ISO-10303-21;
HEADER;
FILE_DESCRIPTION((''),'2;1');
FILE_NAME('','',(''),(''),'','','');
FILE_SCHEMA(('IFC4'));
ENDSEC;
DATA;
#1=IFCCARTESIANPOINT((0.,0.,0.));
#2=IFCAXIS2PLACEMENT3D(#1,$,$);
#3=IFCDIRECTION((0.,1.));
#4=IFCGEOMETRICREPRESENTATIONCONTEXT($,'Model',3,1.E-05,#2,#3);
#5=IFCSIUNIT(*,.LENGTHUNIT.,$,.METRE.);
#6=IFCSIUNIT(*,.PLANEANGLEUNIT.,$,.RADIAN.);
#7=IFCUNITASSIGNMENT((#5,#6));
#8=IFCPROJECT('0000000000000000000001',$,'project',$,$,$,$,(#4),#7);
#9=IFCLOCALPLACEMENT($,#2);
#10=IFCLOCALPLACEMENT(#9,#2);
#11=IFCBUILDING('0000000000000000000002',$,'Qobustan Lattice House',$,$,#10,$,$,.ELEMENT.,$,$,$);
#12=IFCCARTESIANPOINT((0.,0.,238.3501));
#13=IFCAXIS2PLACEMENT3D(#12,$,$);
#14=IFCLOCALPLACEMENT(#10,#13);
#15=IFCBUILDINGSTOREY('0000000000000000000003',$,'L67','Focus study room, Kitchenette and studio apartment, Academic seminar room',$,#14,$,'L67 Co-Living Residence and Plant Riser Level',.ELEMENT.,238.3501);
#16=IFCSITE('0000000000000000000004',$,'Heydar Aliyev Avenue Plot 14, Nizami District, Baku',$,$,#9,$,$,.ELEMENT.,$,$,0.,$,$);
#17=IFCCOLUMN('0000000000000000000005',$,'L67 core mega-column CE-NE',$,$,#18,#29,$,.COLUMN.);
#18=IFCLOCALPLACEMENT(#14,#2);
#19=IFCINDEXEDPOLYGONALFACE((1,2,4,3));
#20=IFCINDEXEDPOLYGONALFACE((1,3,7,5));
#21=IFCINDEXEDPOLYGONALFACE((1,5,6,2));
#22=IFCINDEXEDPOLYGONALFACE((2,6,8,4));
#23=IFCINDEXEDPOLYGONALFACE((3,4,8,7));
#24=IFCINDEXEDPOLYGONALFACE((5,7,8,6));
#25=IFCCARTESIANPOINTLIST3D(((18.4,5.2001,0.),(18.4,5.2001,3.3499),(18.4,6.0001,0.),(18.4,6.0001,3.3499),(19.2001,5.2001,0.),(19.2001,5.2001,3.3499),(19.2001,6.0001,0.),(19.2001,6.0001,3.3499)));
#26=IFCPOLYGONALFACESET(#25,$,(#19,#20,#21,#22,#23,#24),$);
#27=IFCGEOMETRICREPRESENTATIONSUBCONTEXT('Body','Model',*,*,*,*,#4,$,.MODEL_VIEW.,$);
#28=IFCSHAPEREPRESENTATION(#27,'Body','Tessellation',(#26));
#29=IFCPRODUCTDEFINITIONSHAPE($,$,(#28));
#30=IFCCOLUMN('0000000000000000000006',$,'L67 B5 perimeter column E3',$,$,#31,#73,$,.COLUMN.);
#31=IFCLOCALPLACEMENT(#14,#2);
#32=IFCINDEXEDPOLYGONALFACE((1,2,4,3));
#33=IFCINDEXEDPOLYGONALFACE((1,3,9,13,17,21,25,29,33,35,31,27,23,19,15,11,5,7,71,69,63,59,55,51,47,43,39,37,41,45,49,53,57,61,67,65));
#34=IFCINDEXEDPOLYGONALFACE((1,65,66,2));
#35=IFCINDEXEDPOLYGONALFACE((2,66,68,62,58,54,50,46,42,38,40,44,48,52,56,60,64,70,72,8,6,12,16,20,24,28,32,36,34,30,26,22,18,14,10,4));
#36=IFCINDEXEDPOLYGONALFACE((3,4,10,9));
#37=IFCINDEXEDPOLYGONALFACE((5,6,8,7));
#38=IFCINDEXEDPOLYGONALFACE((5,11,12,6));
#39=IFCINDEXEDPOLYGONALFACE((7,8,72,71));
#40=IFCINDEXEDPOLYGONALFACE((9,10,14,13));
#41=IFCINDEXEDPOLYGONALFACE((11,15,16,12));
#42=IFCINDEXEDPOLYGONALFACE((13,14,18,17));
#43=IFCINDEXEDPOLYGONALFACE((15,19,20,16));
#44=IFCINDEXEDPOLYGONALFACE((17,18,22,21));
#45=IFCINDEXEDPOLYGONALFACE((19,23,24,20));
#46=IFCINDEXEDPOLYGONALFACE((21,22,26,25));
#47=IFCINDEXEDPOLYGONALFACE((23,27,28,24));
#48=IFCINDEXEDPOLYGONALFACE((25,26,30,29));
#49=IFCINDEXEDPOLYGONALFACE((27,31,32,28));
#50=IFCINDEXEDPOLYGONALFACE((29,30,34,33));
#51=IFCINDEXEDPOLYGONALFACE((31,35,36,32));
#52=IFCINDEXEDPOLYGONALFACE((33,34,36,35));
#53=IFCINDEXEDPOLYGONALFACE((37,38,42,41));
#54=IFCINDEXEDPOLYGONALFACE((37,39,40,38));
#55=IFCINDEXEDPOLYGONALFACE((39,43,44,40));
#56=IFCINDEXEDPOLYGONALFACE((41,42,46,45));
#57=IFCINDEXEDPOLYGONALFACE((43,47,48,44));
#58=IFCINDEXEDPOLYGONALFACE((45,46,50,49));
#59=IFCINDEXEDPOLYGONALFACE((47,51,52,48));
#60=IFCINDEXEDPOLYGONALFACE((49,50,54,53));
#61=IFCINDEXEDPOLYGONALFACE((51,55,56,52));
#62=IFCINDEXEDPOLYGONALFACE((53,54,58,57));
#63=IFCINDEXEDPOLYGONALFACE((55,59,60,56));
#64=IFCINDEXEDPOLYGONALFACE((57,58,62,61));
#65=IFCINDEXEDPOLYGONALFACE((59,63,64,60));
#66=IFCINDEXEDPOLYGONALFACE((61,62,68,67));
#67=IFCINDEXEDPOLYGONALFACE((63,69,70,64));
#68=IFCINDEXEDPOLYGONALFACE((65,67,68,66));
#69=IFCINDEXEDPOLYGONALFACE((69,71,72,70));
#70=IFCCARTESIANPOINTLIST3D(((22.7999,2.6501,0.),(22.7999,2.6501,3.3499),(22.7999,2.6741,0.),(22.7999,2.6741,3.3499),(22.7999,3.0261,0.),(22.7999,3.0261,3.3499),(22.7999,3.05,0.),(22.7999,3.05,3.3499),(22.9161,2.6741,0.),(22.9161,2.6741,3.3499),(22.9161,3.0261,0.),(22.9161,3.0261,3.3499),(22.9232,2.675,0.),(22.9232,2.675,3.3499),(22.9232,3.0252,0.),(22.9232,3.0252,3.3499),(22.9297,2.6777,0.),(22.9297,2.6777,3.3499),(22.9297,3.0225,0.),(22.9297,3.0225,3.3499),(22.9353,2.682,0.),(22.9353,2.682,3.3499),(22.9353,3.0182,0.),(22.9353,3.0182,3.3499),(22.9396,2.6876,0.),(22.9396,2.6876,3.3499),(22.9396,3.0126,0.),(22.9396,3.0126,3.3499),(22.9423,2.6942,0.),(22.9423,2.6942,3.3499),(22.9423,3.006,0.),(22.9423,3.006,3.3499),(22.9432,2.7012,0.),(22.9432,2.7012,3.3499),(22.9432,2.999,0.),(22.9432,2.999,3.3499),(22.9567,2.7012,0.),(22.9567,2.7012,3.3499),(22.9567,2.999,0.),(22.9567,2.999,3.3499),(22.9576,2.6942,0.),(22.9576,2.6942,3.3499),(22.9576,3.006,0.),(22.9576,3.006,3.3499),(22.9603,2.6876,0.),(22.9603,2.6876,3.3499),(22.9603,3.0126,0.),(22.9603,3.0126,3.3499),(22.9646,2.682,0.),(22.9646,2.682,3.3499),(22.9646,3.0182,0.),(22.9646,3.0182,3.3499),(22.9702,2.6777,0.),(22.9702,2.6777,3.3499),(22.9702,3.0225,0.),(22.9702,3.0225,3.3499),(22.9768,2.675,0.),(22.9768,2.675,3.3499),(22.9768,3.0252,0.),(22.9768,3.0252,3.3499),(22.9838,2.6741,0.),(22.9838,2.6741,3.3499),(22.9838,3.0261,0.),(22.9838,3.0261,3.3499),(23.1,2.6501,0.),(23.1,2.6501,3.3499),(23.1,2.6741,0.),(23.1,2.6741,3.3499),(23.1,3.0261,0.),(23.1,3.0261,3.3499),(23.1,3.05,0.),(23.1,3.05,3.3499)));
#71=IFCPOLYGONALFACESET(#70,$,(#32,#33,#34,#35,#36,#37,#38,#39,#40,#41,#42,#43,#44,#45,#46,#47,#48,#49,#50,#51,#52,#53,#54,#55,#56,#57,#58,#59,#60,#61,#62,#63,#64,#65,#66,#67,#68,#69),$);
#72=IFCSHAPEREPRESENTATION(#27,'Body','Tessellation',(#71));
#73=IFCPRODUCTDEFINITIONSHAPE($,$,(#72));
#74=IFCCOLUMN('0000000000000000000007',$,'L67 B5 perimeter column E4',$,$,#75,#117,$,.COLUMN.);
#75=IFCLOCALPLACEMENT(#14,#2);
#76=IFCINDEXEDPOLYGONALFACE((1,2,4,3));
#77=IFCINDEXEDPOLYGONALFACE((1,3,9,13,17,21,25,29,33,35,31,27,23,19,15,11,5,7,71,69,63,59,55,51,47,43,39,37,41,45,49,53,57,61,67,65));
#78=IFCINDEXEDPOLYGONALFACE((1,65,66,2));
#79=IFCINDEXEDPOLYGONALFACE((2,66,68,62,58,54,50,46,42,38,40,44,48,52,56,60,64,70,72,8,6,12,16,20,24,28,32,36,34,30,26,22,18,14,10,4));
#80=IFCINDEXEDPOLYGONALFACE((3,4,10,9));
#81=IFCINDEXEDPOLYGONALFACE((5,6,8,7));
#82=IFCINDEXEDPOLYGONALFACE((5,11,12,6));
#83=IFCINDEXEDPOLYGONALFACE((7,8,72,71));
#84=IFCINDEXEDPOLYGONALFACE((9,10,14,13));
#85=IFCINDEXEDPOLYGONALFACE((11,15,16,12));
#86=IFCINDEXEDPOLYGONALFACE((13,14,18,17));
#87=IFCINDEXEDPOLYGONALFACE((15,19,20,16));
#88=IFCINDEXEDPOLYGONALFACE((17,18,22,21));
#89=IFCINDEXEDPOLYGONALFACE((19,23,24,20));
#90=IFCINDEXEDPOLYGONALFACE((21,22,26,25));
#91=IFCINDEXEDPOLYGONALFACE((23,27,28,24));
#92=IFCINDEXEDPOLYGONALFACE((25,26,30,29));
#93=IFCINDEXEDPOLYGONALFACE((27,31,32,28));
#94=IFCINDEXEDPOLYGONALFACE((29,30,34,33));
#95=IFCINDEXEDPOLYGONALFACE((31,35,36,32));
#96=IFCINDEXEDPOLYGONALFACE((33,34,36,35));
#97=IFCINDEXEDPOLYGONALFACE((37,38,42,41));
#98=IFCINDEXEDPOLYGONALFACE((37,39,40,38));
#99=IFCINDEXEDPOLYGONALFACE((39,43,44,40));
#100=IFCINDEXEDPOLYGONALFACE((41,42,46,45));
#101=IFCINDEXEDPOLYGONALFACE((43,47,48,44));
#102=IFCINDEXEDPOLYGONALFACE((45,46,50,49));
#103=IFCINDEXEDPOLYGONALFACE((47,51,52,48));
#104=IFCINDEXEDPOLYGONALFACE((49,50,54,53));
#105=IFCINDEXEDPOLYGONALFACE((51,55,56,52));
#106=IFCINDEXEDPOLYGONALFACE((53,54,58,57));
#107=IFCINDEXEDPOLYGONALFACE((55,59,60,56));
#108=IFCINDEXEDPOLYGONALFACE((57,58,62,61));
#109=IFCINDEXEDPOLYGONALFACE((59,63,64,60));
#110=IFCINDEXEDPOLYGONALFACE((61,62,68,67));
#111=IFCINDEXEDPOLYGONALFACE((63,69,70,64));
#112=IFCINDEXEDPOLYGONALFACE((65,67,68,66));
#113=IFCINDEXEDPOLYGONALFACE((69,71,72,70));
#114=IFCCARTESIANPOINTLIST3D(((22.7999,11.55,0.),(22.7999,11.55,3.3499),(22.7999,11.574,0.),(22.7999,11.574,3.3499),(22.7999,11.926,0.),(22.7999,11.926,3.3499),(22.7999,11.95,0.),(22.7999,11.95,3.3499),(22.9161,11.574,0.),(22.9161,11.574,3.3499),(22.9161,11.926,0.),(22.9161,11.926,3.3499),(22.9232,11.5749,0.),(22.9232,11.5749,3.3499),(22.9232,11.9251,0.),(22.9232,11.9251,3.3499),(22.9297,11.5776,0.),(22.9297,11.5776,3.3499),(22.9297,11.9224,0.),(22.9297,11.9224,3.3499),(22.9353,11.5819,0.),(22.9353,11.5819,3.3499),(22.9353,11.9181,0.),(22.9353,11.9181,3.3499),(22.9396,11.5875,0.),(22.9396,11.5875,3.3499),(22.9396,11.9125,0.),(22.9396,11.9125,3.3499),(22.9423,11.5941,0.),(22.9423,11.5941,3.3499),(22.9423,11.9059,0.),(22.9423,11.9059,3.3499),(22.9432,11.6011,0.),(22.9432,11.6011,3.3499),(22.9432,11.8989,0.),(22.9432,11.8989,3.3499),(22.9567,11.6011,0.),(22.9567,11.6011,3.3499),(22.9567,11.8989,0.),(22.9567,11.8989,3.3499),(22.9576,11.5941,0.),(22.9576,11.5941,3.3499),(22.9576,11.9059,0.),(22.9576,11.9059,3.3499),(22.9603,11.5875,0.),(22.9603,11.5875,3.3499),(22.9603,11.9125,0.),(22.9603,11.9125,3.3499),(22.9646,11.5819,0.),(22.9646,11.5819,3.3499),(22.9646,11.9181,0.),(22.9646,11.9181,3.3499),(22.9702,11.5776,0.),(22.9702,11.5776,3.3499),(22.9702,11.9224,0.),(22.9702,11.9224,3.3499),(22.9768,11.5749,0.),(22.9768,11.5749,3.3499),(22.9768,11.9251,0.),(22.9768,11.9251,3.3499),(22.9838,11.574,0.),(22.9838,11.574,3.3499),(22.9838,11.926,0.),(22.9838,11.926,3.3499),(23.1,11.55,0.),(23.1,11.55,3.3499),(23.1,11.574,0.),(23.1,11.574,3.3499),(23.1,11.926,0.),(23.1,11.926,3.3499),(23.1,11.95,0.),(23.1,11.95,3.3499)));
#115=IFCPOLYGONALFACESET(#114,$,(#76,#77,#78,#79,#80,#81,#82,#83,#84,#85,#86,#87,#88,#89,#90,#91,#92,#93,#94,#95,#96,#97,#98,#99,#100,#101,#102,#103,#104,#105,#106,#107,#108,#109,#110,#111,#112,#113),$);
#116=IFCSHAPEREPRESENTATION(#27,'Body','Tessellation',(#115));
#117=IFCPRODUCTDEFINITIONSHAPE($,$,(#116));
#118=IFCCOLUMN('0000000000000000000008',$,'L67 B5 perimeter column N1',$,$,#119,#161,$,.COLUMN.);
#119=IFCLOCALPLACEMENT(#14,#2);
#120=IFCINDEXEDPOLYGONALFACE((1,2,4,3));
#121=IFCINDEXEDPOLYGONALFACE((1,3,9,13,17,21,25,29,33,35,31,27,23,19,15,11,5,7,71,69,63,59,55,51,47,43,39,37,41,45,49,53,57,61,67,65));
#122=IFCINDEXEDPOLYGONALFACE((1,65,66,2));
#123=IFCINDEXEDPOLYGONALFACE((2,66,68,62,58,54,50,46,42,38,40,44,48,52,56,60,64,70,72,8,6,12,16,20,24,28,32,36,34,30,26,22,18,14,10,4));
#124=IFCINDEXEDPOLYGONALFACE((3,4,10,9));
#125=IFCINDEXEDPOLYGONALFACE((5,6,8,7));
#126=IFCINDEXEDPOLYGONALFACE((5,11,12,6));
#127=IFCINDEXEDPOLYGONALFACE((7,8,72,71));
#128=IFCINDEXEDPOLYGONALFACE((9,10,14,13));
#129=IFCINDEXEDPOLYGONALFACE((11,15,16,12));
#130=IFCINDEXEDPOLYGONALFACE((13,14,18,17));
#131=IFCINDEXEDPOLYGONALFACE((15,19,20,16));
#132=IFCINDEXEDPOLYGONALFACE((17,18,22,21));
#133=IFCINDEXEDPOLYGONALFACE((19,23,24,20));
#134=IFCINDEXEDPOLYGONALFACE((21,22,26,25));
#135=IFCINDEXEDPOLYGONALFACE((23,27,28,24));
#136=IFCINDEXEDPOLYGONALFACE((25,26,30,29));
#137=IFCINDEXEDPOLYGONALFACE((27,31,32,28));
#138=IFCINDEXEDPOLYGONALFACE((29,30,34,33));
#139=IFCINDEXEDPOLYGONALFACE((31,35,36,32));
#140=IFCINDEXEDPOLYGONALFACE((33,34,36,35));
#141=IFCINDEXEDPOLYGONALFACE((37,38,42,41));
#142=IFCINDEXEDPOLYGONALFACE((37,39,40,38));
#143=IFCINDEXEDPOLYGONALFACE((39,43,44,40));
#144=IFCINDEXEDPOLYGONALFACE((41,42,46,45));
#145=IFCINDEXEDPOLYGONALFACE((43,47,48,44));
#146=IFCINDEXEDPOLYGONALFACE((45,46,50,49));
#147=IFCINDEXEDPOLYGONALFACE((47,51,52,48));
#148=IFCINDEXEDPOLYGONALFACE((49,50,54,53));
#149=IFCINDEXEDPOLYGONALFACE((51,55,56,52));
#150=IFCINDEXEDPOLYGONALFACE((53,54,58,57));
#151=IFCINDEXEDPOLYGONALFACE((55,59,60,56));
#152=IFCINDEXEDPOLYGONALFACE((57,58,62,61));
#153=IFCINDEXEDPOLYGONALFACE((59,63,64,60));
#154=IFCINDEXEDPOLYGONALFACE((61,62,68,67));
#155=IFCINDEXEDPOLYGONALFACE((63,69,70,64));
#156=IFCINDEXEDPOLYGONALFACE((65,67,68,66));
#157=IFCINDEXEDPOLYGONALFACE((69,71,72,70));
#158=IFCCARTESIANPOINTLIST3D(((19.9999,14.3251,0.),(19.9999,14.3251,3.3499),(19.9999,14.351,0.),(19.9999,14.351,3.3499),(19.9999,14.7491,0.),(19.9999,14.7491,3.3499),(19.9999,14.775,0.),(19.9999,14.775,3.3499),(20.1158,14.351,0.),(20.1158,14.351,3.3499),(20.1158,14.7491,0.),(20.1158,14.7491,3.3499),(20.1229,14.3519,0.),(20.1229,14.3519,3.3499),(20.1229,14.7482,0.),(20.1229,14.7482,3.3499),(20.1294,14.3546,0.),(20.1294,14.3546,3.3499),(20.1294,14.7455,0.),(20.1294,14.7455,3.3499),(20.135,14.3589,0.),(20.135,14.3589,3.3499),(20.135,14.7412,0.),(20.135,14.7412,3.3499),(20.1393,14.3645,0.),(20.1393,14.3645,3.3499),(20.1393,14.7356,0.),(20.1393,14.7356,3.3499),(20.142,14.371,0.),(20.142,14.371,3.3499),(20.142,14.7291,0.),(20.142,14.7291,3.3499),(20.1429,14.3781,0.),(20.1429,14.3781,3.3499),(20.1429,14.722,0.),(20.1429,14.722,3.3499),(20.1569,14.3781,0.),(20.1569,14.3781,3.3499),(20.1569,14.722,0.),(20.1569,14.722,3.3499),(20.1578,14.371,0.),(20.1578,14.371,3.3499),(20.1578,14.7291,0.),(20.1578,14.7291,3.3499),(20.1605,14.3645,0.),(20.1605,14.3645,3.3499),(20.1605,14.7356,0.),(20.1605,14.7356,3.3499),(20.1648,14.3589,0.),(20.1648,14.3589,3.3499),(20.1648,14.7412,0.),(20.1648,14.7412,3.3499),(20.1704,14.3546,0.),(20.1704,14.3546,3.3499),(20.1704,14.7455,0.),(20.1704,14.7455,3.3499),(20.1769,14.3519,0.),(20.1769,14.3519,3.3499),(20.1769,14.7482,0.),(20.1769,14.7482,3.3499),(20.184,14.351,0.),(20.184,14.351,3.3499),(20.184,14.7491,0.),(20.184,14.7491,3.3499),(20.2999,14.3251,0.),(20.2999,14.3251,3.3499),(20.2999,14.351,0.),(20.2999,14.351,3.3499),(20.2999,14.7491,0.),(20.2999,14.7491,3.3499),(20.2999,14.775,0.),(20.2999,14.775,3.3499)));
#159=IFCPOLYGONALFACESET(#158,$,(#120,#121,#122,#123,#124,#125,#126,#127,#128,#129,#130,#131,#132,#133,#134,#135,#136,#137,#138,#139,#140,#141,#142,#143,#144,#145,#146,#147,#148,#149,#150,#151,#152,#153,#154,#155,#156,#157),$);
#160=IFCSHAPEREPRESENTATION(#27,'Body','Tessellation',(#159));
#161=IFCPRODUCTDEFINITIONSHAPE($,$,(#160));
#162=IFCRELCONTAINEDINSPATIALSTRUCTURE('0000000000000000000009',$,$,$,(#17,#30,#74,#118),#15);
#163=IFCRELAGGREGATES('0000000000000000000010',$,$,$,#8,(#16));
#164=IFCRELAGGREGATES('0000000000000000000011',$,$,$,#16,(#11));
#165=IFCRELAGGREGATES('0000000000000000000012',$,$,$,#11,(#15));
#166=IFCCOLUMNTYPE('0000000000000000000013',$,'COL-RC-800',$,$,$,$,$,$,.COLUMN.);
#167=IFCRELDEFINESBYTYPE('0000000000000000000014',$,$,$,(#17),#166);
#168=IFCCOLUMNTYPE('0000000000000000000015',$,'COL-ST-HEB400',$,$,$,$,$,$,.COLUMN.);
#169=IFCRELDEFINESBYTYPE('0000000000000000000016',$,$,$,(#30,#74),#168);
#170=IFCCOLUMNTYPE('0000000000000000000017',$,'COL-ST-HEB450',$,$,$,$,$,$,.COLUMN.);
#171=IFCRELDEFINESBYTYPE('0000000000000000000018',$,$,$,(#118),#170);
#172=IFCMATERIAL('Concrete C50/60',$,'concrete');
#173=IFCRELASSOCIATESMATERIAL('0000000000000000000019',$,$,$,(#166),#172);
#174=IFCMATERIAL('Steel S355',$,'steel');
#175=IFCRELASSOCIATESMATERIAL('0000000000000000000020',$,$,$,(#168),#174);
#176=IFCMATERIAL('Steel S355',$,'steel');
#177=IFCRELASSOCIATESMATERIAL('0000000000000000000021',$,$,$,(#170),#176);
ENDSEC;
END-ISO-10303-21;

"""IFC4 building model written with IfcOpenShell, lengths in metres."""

from ifc_helpers import new_model, si_unit, direction, frame, origin, origin_2d, place, context, subcontext, project, spatial, rectangle, i_section, extrude, material, material_profile, profile_set, type_object, element, save


model = new_model("IFC4")

# Units and contexts
model_context = context("Model", 3, precision=1e-05, world=origin(), true_north=direction((0.0, 1.0)))
body_context = subcontext(model_context, "Body", "Model", "MODEL_VIEW")
ifc_project = project(units=[si_unit("LENGTHUNIT", "METRE"), si_unit("PLANEANGLEUNIT", "RADIAN")], contexts=[model_context])

# Site, building, storey
site_placement = place(None, origin())
site = spatial("IfcSite", under=ifc_project, at=site_placement, Name="Heydar Aliyev Avenue Plot 14, Nizami District, Baku", CompositionType="ELEMENT", RefElevation=0.0)
building_placement = place(site_placement, origin())
building = spatial("IfcBuilding", under=site, at=building_placement, Name="Qobustan Lattice House", CompositionType="ELEMENT")
storey_placement = place(building_placement, frame((0.0, 0.0, 238.3501)))
storey = spatial("IfcBuildingStorey", under=building, at=storey_placement, Name="L67", Description="Focus study room, Kitchenette and studio apartment, Academic seminar room", LongName="L67 Co-Living Residence and Plant Riser Level", CompositionType="ELEMENT", Elevation=238.3501)

# Columns
ifc_material_1 = material(Name="Concrete C50/60", Category="concrete")
ifc_material_profile_1 = material_profile(ifc_material_1, rectangle(XDim=0.8, YDim=0.8, at=origin_2d()), Name="RC800x800")
ifc_profile_set_1 = profile_set([ifc_material_profile_1], Name="Concrete C50/60")
column_type_1 = type_object("IfcColumnType", Name="COL-RC-800", PredefinedType="COLUMN", material=ifc_profile_set_1)
column_1_placement = place(storey_placement, frame((18.8, 5.6001, 0.0), z_axis=(0.0, 0.0, 1.0), x_axis=(1.0, 0.0, 0.0)))
element("IfcColumn", 1, at=column_1_placement, inside=storey, type_object=column_type_1, Name="L67 core mega-column CE-NE", PredefinedType="COLUMN", context=body_context, shape_type="SweptSolid", body=[
    extrude(rectangle(XDim=0.8, YDim=0.8, at=origin_2d()), origin(), (0.0, 0.0, 1.0), 3.3499),
])
ifc_material_2 = material(Name="Steel S355", Category="steel")
ifc_material_profile_2 = material_profile(ifc_material_2, i_section(OverallWidth=0.3, OverallDepth=0.3999, WebThickness=0.0134, FlangeThickness=0.0239, FilletRadius=0.0271, at=origin_2d()), Name="HEB400")
ifc_profile_set_2 = profile_set([ifc_material_profile_2], Name="Steel S355")
column_type_2 = type_object("IfcColumnType", Name="COL-ST-HEB400", PredefinedType="COLUMN", material=ifc_profile_set_2)
for number, where, z_axis, x_axis, name in (
    (2, (22.95, 2.8501, 0.0), (0.0, 0.0, 1.0), (1.0, 0.0, 0.0), "L67 B5 perimeter column E3"),
    (3, (22.95, 11.75, 0.0), (0.0, 0.0, 1.0), (1.0, 0.0, 0.0), "L67 B5 perimeter column E4"),
):
    element("IfcColumn", number, at=place(storey_placement, frame(where, z_axis=z_axis, x_axis=x_axis)), inside=storey, type_object=column_type_2, Name=name, PredefinedType="COLUMN", context=body_context, shape_type="SweptSolid", body=[
        extrude(i_section(OverallWidth=0.3, OverallDepth=0.3999, WebThickness=0.0134, FlangeThickness=0.0239, FilletRadius=0.0271, at=origin_2d()), origin(), (0.0, 0.0, 1.0), 3.3499),
    ])
ifc_material_3 = material(Name="Steel S355", Category="steel")
ifc_material_profile_3 = material_profile(ifc_material_3, i_section(OverallWidth=0.3, OverallDepth=0.45, WebThickness=0.0139, FlangeThickness=0.0259, FilletRadius=0.0271, at=origin_2d()), Name="HEB450")
ifc_profile_set_3 = profile_set([ifc_material_profile_3], Name="Steel S355")
column_type_3 = type_object("IfcColumnType", Name="COL-ST-HEB450", PredefinedType="COLUMN", material=ifc_profile_set_3)
column_2_placement = place(storey_placement, frame((20.1499, 14.55, 0.0), z_axis=(0.0, 0.0, 1.0), x_axis=(1.0, 0.0, 0.0)))
element("IfcColumn", 4, at=column_2_placement, inside=storey, type_object=column_type_3, Name="L67 B5 perimeter column N1", PredefinedType="COLUMN", context=body_context, shape_type="SweptSolid", body=[
    extrude(i_section(OverallWidth=0.3, OverallDepth=0.45, WebThickness=0.0139, FlangeThickness=0.0259, FilletRadius=0.0271, at=origin_2d()), origin(), (0.0, 0.0, 1.0), 3.3499),
])

save(model, "model.ifc")
